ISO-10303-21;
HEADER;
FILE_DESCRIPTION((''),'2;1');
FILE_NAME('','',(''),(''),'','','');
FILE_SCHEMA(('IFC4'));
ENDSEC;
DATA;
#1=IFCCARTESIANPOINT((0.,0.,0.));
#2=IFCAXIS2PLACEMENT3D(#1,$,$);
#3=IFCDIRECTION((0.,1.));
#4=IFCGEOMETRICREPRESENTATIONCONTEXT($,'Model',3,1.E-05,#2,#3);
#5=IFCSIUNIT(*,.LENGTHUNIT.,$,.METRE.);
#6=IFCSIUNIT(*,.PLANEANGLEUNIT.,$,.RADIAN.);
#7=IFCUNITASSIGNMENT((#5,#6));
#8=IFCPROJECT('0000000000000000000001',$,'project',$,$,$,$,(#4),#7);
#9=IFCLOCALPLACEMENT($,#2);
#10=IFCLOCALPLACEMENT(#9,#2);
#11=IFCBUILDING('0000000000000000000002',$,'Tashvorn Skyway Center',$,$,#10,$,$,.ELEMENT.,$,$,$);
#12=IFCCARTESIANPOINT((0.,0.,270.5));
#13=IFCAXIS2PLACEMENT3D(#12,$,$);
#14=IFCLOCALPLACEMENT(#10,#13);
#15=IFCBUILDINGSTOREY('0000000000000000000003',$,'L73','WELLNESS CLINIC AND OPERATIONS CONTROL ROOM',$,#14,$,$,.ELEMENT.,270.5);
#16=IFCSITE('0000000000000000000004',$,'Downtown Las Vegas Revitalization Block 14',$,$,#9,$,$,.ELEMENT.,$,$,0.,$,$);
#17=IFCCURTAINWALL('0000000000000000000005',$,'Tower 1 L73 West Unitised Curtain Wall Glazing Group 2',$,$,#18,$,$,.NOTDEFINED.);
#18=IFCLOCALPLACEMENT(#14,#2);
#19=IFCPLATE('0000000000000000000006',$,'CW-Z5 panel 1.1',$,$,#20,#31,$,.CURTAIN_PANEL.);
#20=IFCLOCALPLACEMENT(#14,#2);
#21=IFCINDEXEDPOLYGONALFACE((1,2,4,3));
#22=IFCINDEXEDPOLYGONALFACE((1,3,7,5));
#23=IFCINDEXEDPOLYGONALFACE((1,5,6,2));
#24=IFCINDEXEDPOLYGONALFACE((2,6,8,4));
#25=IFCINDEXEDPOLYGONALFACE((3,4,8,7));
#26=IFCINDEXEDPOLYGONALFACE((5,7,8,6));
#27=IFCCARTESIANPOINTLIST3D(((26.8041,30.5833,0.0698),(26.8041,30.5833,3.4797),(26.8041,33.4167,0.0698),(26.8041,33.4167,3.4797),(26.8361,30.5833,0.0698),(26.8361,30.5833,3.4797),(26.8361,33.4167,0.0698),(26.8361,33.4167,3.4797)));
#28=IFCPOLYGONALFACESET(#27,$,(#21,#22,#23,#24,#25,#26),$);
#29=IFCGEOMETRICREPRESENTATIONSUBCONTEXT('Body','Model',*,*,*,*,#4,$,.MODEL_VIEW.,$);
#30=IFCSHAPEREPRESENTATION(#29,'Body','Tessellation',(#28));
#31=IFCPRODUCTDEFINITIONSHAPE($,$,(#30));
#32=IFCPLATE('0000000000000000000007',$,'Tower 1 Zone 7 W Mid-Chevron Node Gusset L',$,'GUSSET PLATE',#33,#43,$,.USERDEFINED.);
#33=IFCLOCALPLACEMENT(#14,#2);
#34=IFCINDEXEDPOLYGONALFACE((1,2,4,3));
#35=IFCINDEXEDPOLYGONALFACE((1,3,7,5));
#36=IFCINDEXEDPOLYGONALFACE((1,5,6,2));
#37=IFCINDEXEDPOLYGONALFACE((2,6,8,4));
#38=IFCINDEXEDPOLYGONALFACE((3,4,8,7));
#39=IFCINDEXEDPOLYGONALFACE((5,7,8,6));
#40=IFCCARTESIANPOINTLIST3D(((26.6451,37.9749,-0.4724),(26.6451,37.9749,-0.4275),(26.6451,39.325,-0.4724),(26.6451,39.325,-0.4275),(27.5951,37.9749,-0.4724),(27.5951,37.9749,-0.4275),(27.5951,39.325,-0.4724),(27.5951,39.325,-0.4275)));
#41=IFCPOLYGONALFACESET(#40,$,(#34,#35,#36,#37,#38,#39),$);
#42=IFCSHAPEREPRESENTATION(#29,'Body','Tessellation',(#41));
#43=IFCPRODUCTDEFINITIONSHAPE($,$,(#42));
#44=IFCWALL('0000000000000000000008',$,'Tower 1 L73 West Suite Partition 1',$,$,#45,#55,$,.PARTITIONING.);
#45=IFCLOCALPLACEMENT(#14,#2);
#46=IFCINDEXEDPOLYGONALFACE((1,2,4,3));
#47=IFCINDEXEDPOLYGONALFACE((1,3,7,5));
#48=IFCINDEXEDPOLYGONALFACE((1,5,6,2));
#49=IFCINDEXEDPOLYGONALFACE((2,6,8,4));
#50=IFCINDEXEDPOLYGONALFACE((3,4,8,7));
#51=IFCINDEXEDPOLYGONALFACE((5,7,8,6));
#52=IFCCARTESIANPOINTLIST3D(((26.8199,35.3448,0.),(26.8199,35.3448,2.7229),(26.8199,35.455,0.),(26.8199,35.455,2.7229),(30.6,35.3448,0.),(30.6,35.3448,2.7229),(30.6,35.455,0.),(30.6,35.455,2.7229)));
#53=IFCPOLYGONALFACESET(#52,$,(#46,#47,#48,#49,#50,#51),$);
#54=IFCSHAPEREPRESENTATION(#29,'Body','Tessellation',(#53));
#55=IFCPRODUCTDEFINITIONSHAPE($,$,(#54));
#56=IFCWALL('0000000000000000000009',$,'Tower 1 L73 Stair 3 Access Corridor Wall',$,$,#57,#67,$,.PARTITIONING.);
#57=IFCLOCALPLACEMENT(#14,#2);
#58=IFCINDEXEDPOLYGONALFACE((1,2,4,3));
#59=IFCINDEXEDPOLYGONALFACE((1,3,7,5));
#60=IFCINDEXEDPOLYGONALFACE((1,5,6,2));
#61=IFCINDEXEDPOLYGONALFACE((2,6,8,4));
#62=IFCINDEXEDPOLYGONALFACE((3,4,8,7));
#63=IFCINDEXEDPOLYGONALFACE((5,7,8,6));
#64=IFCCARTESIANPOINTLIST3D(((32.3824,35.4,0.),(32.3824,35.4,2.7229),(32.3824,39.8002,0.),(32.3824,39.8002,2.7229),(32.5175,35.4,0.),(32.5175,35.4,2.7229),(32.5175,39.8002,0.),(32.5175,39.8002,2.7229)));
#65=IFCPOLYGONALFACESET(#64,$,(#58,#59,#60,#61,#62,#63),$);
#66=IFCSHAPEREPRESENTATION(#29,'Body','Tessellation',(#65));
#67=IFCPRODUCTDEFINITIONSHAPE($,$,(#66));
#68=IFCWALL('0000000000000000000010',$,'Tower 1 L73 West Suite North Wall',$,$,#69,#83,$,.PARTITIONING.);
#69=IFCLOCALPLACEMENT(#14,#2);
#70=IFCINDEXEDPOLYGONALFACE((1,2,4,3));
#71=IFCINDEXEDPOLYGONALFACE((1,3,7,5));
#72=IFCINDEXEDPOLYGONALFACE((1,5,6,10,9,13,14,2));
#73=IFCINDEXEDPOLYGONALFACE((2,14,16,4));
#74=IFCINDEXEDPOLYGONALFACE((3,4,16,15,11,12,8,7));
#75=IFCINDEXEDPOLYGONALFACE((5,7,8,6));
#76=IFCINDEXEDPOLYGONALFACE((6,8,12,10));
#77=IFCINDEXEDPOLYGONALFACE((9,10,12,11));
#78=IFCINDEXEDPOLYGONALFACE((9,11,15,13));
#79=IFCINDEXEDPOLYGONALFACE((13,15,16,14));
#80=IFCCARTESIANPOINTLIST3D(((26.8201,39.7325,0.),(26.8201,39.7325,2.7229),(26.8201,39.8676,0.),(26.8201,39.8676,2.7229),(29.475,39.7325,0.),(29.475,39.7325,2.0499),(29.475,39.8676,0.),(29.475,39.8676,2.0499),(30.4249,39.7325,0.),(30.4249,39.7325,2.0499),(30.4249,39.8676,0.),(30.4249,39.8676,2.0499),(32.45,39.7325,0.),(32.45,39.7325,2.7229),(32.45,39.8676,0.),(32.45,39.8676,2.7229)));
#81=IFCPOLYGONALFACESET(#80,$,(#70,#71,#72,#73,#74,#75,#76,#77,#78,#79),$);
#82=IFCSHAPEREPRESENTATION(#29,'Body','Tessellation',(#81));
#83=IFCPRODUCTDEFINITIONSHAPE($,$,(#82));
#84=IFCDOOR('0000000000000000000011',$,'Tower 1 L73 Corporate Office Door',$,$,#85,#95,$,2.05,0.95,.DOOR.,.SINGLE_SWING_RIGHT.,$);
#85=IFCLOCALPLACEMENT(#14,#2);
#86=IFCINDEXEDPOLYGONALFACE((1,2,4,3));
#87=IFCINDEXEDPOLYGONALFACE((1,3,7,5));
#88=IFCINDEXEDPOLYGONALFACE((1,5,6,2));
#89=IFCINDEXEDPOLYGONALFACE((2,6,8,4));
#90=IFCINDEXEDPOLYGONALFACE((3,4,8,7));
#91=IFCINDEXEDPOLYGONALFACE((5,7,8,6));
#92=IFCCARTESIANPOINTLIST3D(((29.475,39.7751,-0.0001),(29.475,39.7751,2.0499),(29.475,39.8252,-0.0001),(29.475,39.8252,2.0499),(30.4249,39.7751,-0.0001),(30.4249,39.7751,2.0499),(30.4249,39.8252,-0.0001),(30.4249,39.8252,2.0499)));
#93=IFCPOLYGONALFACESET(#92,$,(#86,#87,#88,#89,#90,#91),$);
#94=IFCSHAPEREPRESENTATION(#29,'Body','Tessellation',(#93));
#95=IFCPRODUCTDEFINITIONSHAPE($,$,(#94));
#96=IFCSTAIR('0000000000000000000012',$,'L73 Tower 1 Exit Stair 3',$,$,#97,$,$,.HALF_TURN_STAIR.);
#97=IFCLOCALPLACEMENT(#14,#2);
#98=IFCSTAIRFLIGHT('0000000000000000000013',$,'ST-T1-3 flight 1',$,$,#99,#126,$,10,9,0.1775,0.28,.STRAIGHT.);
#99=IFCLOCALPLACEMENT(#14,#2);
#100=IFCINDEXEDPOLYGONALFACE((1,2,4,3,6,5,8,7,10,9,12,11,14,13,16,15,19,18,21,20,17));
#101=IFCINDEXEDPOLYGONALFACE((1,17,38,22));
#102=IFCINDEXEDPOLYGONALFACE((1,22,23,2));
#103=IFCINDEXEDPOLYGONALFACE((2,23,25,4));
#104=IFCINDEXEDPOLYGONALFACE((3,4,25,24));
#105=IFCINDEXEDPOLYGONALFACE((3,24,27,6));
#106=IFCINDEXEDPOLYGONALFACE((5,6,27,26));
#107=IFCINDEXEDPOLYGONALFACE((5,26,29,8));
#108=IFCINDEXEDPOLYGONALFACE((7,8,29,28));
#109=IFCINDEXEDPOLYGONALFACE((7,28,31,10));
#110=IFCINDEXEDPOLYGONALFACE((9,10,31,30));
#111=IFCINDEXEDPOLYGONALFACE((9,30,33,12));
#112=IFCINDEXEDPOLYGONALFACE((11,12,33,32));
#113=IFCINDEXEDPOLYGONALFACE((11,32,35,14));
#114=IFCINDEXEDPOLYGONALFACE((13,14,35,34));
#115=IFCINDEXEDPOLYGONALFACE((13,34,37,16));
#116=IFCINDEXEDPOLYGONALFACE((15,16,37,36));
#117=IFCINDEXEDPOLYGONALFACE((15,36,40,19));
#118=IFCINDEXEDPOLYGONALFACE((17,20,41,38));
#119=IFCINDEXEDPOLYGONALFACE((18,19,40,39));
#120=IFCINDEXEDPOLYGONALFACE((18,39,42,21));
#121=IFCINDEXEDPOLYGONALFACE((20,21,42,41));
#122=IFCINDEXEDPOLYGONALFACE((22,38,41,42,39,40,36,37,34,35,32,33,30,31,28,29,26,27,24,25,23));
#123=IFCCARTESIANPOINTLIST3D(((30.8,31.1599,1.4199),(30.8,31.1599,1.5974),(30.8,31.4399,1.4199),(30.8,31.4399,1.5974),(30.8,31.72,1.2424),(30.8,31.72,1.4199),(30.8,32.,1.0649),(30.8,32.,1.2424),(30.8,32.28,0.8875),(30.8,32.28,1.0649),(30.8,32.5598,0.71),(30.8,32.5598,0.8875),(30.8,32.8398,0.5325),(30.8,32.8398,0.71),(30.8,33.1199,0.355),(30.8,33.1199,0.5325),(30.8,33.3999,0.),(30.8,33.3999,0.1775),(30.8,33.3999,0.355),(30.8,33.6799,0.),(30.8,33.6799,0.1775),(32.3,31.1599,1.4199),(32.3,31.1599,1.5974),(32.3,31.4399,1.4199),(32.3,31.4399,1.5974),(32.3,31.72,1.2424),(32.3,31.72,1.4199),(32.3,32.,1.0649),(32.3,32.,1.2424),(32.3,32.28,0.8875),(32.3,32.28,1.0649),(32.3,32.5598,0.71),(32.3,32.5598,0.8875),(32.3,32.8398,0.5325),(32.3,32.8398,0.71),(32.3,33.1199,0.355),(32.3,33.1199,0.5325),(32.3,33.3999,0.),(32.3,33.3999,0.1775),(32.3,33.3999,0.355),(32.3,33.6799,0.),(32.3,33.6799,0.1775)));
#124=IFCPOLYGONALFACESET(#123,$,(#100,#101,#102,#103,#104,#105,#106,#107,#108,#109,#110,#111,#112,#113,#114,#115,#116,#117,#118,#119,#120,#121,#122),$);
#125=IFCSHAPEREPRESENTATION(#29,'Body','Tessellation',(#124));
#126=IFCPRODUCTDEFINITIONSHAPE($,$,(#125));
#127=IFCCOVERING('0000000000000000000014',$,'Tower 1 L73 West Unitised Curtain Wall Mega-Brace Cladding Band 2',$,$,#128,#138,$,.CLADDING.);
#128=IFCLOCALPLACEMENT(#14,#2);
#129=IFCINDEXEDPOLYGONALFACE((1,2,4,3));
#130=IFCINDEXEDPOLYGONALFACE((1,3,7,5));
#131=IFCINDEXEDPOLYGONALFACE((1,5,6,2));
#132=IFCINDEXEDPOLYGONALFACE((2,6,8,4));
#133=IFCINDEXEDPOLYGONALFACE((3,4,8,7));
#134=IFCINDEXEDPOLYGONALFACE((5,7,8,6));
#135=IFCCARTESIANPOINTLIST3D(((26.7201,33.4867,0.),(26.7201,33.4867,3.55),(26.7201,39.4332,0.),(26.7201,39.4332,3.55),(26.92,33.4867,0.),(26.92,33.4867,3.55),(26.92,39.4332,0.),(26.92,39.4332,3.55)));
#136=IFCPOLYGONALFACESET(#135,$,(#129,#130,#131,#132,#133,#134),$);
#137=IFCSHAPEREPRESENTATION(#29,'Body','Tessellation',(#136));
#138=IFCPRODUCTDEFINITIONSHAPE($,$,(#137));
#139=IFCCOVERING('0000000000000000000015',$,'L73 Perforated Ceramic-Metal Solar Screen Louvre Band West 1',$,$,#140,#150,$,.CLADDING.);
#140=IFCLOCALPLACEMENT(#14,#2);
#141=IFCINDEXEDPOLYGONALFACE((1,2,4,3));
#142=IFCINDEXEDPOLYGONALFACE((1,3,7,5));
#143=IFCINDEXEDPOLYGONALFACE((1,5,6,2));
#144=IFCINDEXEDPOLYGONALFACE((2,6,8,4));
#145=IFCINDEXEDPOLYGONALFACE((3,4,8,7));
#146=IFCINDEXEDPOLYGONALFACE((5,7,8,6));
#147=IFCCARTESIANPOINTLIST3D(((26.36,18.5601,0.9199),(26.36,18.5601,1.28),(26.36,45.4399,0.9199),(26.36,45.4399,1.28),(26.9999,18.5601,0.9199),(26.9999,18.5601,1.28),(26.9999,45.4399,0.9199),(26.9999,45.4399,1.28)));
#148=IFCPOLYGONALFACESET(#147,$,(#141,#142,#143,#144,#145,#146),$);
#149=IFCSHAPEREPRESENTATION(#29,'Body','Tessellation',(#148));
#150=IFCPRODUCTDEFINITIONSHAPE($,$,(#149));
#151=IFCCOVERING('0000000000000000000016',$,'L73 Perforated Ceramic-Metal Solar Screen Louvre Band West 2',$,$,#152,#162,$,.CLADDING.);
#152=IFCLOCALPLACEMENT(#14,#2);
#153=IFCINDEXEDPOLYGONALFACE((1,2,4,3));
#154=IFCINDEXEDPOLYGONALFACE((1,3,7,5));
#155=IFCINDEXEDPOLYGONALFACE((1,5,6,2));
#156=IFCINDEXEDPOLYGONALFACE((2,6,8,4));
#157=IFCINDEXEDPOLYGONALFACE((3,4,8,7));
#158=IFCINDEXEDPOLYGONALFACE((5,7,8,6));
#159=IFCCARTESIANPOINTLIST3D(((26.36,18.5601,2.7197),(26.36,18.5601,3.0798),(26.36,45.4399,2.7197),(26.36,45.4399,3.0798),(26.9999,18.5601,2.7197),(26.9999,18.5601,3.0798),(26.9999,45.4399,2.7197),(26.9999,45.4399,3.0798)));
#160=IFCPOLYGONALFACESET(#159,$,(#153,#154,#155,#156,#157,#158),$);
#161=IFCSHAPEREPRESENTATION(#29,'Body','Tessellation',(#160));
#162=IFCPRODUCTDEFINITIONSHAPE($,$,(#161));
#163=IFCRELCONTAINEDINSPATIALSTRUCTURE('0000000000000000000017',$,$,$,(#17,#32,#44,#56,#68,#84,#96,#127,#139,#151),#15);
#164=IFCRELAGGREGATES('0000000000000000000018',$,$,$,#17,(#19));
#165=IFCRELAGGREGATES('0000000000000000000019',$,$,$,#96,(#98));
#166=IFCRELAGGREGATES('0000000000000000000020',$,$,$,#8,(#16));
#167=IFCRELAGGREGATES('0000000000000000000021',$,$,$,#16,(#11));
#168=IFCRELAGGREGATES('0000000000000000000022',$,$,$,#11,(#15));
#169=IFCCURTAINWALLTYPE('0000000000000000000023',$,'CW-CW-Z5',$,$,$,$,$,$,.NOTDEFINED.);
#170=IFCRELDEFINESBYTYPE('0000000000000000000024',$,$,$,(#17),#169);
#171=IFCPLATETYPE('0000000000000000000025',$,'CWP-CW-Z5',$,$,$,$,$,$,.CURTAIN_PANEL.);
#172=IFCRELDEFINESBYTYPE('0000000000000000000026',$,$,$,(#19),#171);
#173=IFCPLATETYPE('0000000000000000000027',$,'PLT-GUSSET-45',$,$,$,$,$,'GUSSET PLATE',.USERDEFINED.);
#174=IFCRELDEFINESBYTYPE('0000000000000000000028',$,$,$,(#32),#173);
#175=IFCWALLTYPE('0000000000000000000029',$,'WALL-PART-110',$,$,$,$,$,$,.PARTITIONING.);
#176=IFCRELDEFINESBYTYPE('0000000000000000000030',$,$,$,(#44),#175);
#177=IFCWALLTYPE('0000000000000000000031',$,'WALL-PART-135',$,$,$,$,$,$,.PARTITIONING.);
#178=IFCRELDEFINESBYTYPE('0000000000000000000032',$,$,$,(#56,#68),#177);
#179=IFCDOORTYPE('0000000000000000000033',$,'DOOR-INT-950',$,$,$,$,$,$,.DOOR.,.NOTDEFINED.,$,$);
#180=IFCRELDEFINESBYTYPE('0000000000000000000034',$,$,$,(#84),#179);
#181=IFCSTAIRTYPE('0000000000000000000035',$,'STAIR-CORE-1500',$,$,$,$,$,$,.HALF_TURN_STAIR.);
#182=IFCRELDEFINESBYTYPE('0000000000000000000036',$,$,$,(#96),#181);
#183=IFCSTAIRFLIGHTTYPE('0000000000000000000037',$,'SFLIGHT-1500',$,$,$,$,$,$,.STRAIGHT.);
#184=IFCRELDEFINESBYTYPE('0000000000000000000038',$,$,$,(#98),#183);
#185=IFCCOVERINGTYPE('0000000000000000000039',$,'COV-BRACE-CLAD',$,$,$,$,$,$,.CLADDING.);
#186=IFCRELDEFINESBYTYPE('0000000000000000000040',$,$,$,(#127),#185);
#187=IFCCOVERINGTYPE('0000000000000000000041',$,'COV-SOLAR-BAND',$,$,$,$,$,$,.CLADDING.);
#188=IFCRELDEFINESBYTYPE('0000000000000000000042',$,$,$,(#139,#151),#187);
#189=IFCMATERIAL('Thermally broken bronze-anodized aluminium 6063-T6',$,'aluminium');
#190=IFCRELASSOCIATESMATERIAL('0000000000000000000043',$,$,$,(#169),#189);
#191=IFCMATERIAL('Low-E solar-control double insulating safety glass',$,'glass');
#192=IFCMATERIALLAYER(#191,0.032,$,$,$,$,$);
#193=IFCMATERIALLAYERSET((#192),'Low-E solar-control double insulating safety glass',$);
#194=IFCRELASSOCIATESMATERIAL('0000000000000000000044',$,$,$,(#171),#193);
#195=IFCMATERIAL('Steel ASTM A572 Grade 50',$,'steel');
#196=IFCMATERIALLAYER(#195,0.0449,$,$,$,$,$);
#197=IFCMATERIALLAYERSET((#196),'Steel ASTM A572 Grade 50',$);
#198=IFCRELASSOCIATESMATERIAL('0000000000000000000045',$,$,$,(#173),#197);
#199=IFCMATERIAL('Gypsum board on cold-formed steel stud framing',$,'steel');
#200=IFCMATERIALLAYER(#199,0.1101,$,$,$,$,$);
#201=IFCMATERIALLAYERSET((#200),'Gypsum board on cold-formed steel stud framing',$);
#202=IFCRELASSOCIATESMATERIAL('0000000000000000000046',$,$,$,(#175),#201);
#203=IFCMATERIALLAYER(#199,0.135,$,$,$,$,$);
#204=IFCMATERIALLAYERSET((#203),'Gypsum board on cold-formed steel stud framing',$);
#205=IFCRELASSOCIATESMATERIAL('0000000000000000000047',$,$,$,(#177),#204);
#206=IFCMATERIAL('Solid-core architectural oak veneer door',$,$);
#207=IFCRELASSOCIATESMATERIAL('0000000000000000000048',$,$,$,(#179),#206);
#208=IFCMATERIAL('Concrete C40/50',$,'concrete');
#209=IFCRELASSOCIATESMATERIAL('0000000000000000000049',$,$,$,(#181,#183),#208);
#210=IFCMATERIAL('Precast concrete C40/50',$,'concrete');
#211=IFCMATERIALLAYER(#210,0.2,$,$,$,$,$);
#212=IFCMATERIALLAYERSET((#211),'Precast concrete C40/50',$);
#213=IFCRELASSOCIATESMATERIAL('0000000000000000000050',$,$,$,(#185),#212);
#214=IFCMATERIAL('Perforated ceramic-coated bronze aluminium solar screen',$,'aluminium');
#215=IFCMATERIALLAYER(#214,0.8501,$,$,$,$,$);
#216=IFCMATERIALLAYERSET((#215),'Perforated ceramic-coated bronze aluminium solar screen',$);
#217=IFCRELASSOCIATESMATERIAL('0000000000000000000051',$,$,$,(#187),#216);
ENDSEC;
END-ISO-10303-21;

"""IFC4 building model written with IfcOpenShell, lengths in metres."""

from ifc_helpers import new_model, si_unit, direction, frame, frame_2d, origin, origin_2d, place, context, subcontext, project, spatial, polyline, rectangle, outline, extrude, material, layer, layer_set, type_object, element, fill, aggregate, save


model = new_model("IFC4")

# Units and contexts
model_context = context("Model", 3, precision=1e-05, world=origin(), true_north=direction((0.0, 1.0)))
body_context = subcontext(model_context, "Body", "Model", "MODEL_VIEW")
ifc_project = project(units=[si_unit("LENGTHUNIT", "METRE"), si_unit("PLANEANGLEUNIT", "RADIAN")], contexts=[model_context])

# Site, building, storey
site_placement = place(None, origin())
site = spatial("IfcSite", under=ifc_project, at=site_placement, Name="Downtown Las Vegas Revitalization Block 14", CompositionType="ELEMENT", RefElevation=0.0)
building_placement = place(site_placement, origin())
building = spatial("IfcBuilding", under=site, at=building_placement, Name="Tashvorn Skyway Center", CompositionType="ELEMENT")
storey_placement = place(building_placement, frame((0.0, 0.0, 270.5)))
storey = spatial("IfcBuildingStorey", under=building, at=storey_placement, Name="L73", Description="WELLNESS CLINIC AND OPERATIONS CONTROL ROOM", CompositionType="ELEMENT", Elevation=270.5)

# Shared definitions
ifc_material_1 = material(Name="Steel ASTM A572 Grade 50", Category="steel")

# Curtain wall
ifc_material_2 = material(Name="Thermally broken bronze-anodized aluminium 6063-T6", Category="aluminium")
curtain_wall_type = type_object("IfcCurtainWallType", Name="CW-CW-Z5", PredefinedType="NOTDEFINED", material=ifc_material_2)
curtain_wall_1_placement = place(storey_placement, origin())
curtain_wall_1 = element("IfcCurtainWall", 1, at=curtain_wall_1_placement, inside=storey, type_object=curtain_wall_type, Name="Tower 1 L73 West Unitised Curtain Wall Glazing Group 2", PredefinedType="NOTDEFINED")

# Plates
ifc_material_3 = material(Name="Low-E solar-control double insulating safety glass", Category="glass")
ifc_layer_1 = layer(ifc_material_3, 0.032)
ifc_layer_set_1 = layer_set([ifc_layer_1], Name="Low-E solar-control double insulating safety glass")
plate_type_1 = type_object("IfcPlateType", Name="CWP-CW-Z5", PredefinedType="CURTAIN_PANEL", material=ifc_layer_set_1)
plate_1_placement = place(storey_placement, frame((26.8201, 32.0, 0.0698), z_axis=(0.0, 0.0, 1.0), x_axis=(0.0, 1.0, 0.0)))
plate_1 = element("IfcPlate", 2, at=plate_1_placement, type_object=plate_type_1, Name="CW-Z5 panel 1.1", PredefinedType="CURTAIN_PANEL", context=body_context, shape_type="SweptSolid", body=[
    extrude(rectangle(XDim=2.8335, YDim=0.032, at=origin_2d()), origin(), (0.0, 0.0, 1.0), 3.4099),
])
aggregate(curtain_wall_1, [plate_1])
ifc_layer_2 = layer(ifc_material_1, 0.0449)
ifc_layer_set_2 = layer_set([ifc_layer_2], Name="Steel ASTM A572 Grade 50")
plate_type_2 = type_object("IfcPlateType", Name="PLT-GUSSET-45", ElementType="GUSSET PLATE", PredefinedType="USERDEFINED", material=ifc_layer_set_2)
plate_2_placement = place(storey_placement, frame((27.1201, 38.6499, -0.4724), z_axis=(0.0, 0.0, 1.0), x_axis=(0.0, -1.0, 0.0)))
element("IfcPlate", 3, at=plate_2_placement, inside=storey, type_object=plate_type_2, Name="Tower 1 Zone 7 W Mid-Chevron Node Gusset L", ObjectType="GUSSET PLATE", PredefinedType="USERDEFINED", context=body_context, shape_type="SweptSolid", body=[
    extrude(rectangle(XDim=1.3501, YDim=0.95, at=origin_2d()), origin(), (0.0, 0.0, 1.0), 0.0449),
])

# Walls
ifc_material_4 = material(Name="Gypsum board on cold-formed steel stud framing", Category="steel")
ifc_layer_3 = layer(ifc_material_4, 0.1101)
ifc_layer_set_3 = layer_set([ifc_layer_3], Name="Gypsum board on cold-formed steel stud framing")
wall_type_1 = type_object("IfcWallType", Name="WALL-PART-110", PredefinedType="PARTITIONING", material=ifc_layer_set_3)
wall_1_placement = place(storey_placement, frame((30.6001, 35.3999, 0.0), z_axis=(0.0, 0.0, 1.0), x_axis=(-1.0, 0.0, 0.0)))
element("IfcWall", 4, at=wall_1_placement, inside=storey, type_object=wall_type_1, Name="Tower 1 L73 West Suite Partition 1", PredefinedType="PARTITIONING", context=body_context, shape_type="SweptSolid", body=[
    extrude(rectangle(XDim=3.78, YDim=0.1101, at=frame_2d((1.8901, 0.0))), origin(), (0.0, 0.0, 1.0), 2.7229),
])
ifc_layer_4 = layer(ifc_material_4, 0.135)
ifc_layer_set_4 = layer_set([ifc_layer_4], Name="Gypsum board on cold-formed steel stud framing")
wall_type_2 = type_object("IfcWallType", Name="WALL-PART-135", PredefinedType="PARTITIONING", material=ifc_layer_set_4)
wall_2_placement = place(storey_placement, frame((32.45, 35.3999, 0.0), z_axis=(0.0, 0.0, 1.0), x_axis=(0.0, 1.0, 0.0)))
element("IfcWall", 5, at=wall_2_placement, inside=storey, type_object=wall_type_2, Name="Tower 1 L73 Stair 3 Access Corridor Wall", PredefinedType="PARTITIONING", context=body_context, shape_type="SweptSolid", body=[
    extrude(rectangle(XDim=4.4001, YDim=0.135, at=frame_2d((2.2002, 0.0))), origin(), (0.0, 0.0, 1.0), 2.7229),
])

# Wall, opening, door
wall_3_placement = place(storey_placement, frame((32.45, 39.8, 0.0), z_axis=(0.0, 0.0, 1.0), x_axis=(-1.0, 0.0, 0.0)))
wall_3 = element("IfcWall", 6, at=wall_3_placement, inside=storey, type_object=wall_type_2, Name="Tower 1 L73 West Suite North Wall", PredefinedType="PARTITIONING", context=body_context, shape_type="SweptSolid", body=[
    extrude(rectangle(XDim=5.6299, YDim=0.135, at=frame_2d((2.8149, 0.0))), origin(), (0.0, 0.0, 1.0), 2.7229),
])
opening_placement = place(wall_3_placement, frame((2.0249, 0.0, 0.0)))
opening = element("IfcOpeningElement", 7, at=opening_placement, cuts=wall_3, PredefinedType="OPENING", context=body_context, shape_type="SweptSolid", body=[
    extrude(rectangle(XDim=0.95, YDim=2.05, at=frame_2d((0.4751, 1.0249))), frame((0.0, 0.0774, 0.0), z_axis=(0.0, -1.0, 0.0), x_axis=(1.0, 0.0, 0.0)), (0.0, 0.0, 1.0), 0.155),
])
ifc_material_5 = material(Name="Solid-core architectural oak veneer door")
door_type = type_object("IfcDoorType", Name="DOOR-INT-950", OperationType="NOTDEFINED", PredefinedType="DOOR", material=ifc_material_5)
door_placement = place(opening_placement, origin())
door = element("IfcDoor", 8, at=door_placement, inside=storey, type_object=door_type, Name="Tower 1 L73 Corporate Office Door", OperationType="SINGLE_SWING_RIGHT", OverallHeight=2.05, OverallWidth=0.95, PredefinedType="DOOR", context=body_context, shape_type="SweptSolid", body=[
    extrude(rectangle(XDim=0.95, YDim=2.05, at=frame_2d((0.4751, 1.0249))), frame((0.0, 0.0249, 0.0), z_axis=(0.0, -1.0, 0.0), x_axis=(1.0, 0.0, 0.0)), (0.0, 0.0, 1.0), 0.05),
])
fill(opening, door)

# Stair, stair flight
ifc_material_6 = material(Name="Concrete C40/50", Category="concrete")
stair_type = type_object("IfcStairType", Name="STAIR-CORE-1500", PredefinedType="HALF_TURN_STAIR", material=ifc_material_6)
stair_placement = place(storey_placement, origin())
stair = element("IfcStair", 9, at=stair_placement, inside=storey, type_object=stair_type, Name="L73 Tower 1 Exit Stair 3", PredefinedType="HALF_TURN_STAIR")
stair_flight_type = type_object("IfcStairFlightType", Name="SFLIGHT-1500", PredefinedType="STRAIGHT", material=ifc_material_6)
stair_flight_placement = place(storey_placement, frame((31.55, 33.6799, 0.0), z_axis=(0.0, 0.0, 1.0), x_axis=(0.0, -1.0, 0.0)))
stair_flight = element("IfcStairFlight", 10, at=stair_flight_placement, type_object=stair_flight_type, Name="ST-T1-3 flight 1", NumberOfRisers=10, NumberOfTreads=9, PredefinedType="STRAIGHT", RiserHeight=0.1775, TreadLength=0.28, context=body_context, shape_type="SweptSolid", body=[
    extrude(outline(polyline([(0.0, 0.0), (0.0, 0.1775), (0.28, 0.1775), (0.28, 0.355), (0.5601, 0.355), (0.5601, 0.5325), (0.8401, 0.5325), (0.8401, 0.71), (1.1201, 0.71), (1.1201, 0.8875), (1.3999, 0.8875), (1.3999, 1.0649), (1.6799, 1.0649), (1.6799, 1.2424), (1.96, 1.2424), (1.96, 1.4199), (2.24, 1.4199), (2.24, 1.5974), (2.52, 1.5974), (2.52, 1.7749), (2.52, 1.4199), (0.28, 0.0), (0.0, 0.0)])), frame((0.0, 0.75, 0.0), z_axis=(0.0, -1.0, 0.0), x_axis=(1.0, 0.0, 0.0)), (0.0, 0.0, 1.0), 1.5),
])
aggregate(stair, [stair_flight])

# Coverings
ifc_material_7 = material(Name="Precast concrete C40/50", Category="concrete")
ifc_layer_5 = layer(ifc_material_7, 0.2)
ifc_layer_set_5 = layer_set([ifc_layer_5], Name="Precast concrete C40/50")
covering_type_1 = type_object("IfcCoveringType", Name="COV-BRACE-CLAD", PredefinedType="CLADDING", material=ifc_layer_set_5)
covering_placement = place(storey_placement, frame((26.8201, 36.46, 0.0), z_axis=(0.0, 0.0, 1.0), x_axis=(0.0, 1.0, 0.0)))
element("IfcCovering", 11, at=covering_placement, inside=storey, type_object=covering_type_1, Name="Tower 1 L73 West Unitised Curtain Wall Mega-Brace Cladding Band 2", PredefinedType="CLADDING", context=body_context, shape_type="SweptSolid", body=[
    extrude(rectangle(XDim=5.9465, YDim=0.2, at=origin_2d()), origin(), (0.0, 0.0, 1.0), 3.55),
])
ifc_material_8 = material(Name="Perforated ceramic-coated bronze aluminium solar screen", Category="aluminium")
ifc_layer_6 = layer(ifc_material_8, 0.8501)
ifc_layer_set_6 = layer_set([ifc_layer_6], Name="Perforated ceramic-coated bronze aluminium solar screen")
covering_type_2 = type_object("IfcCoveringType", Name="COV-SOLAR-BAND", PredefinedType="CLADDING", material=ifc_layer_set_6)
for number, where, z_axis, x_axis, name in (
    (12, (26.6799, 32.0, 0.9199), (0.0, 0.0, 1.0), (0.0, 1.0, 0.0), "L73 Perforated Ceramic-Metal Solar Screen Louvre Band West 1"),
    (13, (26.6799, 32.0, 2.7197), (0.0, 0.0, 1.0), (0.0, 1.0, 0.0), "L73 Perforated Ceramic-Metal Solar Screen Louvre Band West 2"),
):
    element("IfcCovering", number, at=place(storey_placement, frame(where, z_axis=z_axis, x_axis=x_axis)), inside=storey, type_object=covering_type_2, Name=name, PredefinedType="CLADDING", context=body_context, shape_type="SweptSolid", body=[
        extrude(rectangle(XDim=26.8799, YDim=0.6399, at=origin_2d()), origin(), (0.0, 0.0, 1.0), 0.3601),
    ])

save(model, "model.ifc")
